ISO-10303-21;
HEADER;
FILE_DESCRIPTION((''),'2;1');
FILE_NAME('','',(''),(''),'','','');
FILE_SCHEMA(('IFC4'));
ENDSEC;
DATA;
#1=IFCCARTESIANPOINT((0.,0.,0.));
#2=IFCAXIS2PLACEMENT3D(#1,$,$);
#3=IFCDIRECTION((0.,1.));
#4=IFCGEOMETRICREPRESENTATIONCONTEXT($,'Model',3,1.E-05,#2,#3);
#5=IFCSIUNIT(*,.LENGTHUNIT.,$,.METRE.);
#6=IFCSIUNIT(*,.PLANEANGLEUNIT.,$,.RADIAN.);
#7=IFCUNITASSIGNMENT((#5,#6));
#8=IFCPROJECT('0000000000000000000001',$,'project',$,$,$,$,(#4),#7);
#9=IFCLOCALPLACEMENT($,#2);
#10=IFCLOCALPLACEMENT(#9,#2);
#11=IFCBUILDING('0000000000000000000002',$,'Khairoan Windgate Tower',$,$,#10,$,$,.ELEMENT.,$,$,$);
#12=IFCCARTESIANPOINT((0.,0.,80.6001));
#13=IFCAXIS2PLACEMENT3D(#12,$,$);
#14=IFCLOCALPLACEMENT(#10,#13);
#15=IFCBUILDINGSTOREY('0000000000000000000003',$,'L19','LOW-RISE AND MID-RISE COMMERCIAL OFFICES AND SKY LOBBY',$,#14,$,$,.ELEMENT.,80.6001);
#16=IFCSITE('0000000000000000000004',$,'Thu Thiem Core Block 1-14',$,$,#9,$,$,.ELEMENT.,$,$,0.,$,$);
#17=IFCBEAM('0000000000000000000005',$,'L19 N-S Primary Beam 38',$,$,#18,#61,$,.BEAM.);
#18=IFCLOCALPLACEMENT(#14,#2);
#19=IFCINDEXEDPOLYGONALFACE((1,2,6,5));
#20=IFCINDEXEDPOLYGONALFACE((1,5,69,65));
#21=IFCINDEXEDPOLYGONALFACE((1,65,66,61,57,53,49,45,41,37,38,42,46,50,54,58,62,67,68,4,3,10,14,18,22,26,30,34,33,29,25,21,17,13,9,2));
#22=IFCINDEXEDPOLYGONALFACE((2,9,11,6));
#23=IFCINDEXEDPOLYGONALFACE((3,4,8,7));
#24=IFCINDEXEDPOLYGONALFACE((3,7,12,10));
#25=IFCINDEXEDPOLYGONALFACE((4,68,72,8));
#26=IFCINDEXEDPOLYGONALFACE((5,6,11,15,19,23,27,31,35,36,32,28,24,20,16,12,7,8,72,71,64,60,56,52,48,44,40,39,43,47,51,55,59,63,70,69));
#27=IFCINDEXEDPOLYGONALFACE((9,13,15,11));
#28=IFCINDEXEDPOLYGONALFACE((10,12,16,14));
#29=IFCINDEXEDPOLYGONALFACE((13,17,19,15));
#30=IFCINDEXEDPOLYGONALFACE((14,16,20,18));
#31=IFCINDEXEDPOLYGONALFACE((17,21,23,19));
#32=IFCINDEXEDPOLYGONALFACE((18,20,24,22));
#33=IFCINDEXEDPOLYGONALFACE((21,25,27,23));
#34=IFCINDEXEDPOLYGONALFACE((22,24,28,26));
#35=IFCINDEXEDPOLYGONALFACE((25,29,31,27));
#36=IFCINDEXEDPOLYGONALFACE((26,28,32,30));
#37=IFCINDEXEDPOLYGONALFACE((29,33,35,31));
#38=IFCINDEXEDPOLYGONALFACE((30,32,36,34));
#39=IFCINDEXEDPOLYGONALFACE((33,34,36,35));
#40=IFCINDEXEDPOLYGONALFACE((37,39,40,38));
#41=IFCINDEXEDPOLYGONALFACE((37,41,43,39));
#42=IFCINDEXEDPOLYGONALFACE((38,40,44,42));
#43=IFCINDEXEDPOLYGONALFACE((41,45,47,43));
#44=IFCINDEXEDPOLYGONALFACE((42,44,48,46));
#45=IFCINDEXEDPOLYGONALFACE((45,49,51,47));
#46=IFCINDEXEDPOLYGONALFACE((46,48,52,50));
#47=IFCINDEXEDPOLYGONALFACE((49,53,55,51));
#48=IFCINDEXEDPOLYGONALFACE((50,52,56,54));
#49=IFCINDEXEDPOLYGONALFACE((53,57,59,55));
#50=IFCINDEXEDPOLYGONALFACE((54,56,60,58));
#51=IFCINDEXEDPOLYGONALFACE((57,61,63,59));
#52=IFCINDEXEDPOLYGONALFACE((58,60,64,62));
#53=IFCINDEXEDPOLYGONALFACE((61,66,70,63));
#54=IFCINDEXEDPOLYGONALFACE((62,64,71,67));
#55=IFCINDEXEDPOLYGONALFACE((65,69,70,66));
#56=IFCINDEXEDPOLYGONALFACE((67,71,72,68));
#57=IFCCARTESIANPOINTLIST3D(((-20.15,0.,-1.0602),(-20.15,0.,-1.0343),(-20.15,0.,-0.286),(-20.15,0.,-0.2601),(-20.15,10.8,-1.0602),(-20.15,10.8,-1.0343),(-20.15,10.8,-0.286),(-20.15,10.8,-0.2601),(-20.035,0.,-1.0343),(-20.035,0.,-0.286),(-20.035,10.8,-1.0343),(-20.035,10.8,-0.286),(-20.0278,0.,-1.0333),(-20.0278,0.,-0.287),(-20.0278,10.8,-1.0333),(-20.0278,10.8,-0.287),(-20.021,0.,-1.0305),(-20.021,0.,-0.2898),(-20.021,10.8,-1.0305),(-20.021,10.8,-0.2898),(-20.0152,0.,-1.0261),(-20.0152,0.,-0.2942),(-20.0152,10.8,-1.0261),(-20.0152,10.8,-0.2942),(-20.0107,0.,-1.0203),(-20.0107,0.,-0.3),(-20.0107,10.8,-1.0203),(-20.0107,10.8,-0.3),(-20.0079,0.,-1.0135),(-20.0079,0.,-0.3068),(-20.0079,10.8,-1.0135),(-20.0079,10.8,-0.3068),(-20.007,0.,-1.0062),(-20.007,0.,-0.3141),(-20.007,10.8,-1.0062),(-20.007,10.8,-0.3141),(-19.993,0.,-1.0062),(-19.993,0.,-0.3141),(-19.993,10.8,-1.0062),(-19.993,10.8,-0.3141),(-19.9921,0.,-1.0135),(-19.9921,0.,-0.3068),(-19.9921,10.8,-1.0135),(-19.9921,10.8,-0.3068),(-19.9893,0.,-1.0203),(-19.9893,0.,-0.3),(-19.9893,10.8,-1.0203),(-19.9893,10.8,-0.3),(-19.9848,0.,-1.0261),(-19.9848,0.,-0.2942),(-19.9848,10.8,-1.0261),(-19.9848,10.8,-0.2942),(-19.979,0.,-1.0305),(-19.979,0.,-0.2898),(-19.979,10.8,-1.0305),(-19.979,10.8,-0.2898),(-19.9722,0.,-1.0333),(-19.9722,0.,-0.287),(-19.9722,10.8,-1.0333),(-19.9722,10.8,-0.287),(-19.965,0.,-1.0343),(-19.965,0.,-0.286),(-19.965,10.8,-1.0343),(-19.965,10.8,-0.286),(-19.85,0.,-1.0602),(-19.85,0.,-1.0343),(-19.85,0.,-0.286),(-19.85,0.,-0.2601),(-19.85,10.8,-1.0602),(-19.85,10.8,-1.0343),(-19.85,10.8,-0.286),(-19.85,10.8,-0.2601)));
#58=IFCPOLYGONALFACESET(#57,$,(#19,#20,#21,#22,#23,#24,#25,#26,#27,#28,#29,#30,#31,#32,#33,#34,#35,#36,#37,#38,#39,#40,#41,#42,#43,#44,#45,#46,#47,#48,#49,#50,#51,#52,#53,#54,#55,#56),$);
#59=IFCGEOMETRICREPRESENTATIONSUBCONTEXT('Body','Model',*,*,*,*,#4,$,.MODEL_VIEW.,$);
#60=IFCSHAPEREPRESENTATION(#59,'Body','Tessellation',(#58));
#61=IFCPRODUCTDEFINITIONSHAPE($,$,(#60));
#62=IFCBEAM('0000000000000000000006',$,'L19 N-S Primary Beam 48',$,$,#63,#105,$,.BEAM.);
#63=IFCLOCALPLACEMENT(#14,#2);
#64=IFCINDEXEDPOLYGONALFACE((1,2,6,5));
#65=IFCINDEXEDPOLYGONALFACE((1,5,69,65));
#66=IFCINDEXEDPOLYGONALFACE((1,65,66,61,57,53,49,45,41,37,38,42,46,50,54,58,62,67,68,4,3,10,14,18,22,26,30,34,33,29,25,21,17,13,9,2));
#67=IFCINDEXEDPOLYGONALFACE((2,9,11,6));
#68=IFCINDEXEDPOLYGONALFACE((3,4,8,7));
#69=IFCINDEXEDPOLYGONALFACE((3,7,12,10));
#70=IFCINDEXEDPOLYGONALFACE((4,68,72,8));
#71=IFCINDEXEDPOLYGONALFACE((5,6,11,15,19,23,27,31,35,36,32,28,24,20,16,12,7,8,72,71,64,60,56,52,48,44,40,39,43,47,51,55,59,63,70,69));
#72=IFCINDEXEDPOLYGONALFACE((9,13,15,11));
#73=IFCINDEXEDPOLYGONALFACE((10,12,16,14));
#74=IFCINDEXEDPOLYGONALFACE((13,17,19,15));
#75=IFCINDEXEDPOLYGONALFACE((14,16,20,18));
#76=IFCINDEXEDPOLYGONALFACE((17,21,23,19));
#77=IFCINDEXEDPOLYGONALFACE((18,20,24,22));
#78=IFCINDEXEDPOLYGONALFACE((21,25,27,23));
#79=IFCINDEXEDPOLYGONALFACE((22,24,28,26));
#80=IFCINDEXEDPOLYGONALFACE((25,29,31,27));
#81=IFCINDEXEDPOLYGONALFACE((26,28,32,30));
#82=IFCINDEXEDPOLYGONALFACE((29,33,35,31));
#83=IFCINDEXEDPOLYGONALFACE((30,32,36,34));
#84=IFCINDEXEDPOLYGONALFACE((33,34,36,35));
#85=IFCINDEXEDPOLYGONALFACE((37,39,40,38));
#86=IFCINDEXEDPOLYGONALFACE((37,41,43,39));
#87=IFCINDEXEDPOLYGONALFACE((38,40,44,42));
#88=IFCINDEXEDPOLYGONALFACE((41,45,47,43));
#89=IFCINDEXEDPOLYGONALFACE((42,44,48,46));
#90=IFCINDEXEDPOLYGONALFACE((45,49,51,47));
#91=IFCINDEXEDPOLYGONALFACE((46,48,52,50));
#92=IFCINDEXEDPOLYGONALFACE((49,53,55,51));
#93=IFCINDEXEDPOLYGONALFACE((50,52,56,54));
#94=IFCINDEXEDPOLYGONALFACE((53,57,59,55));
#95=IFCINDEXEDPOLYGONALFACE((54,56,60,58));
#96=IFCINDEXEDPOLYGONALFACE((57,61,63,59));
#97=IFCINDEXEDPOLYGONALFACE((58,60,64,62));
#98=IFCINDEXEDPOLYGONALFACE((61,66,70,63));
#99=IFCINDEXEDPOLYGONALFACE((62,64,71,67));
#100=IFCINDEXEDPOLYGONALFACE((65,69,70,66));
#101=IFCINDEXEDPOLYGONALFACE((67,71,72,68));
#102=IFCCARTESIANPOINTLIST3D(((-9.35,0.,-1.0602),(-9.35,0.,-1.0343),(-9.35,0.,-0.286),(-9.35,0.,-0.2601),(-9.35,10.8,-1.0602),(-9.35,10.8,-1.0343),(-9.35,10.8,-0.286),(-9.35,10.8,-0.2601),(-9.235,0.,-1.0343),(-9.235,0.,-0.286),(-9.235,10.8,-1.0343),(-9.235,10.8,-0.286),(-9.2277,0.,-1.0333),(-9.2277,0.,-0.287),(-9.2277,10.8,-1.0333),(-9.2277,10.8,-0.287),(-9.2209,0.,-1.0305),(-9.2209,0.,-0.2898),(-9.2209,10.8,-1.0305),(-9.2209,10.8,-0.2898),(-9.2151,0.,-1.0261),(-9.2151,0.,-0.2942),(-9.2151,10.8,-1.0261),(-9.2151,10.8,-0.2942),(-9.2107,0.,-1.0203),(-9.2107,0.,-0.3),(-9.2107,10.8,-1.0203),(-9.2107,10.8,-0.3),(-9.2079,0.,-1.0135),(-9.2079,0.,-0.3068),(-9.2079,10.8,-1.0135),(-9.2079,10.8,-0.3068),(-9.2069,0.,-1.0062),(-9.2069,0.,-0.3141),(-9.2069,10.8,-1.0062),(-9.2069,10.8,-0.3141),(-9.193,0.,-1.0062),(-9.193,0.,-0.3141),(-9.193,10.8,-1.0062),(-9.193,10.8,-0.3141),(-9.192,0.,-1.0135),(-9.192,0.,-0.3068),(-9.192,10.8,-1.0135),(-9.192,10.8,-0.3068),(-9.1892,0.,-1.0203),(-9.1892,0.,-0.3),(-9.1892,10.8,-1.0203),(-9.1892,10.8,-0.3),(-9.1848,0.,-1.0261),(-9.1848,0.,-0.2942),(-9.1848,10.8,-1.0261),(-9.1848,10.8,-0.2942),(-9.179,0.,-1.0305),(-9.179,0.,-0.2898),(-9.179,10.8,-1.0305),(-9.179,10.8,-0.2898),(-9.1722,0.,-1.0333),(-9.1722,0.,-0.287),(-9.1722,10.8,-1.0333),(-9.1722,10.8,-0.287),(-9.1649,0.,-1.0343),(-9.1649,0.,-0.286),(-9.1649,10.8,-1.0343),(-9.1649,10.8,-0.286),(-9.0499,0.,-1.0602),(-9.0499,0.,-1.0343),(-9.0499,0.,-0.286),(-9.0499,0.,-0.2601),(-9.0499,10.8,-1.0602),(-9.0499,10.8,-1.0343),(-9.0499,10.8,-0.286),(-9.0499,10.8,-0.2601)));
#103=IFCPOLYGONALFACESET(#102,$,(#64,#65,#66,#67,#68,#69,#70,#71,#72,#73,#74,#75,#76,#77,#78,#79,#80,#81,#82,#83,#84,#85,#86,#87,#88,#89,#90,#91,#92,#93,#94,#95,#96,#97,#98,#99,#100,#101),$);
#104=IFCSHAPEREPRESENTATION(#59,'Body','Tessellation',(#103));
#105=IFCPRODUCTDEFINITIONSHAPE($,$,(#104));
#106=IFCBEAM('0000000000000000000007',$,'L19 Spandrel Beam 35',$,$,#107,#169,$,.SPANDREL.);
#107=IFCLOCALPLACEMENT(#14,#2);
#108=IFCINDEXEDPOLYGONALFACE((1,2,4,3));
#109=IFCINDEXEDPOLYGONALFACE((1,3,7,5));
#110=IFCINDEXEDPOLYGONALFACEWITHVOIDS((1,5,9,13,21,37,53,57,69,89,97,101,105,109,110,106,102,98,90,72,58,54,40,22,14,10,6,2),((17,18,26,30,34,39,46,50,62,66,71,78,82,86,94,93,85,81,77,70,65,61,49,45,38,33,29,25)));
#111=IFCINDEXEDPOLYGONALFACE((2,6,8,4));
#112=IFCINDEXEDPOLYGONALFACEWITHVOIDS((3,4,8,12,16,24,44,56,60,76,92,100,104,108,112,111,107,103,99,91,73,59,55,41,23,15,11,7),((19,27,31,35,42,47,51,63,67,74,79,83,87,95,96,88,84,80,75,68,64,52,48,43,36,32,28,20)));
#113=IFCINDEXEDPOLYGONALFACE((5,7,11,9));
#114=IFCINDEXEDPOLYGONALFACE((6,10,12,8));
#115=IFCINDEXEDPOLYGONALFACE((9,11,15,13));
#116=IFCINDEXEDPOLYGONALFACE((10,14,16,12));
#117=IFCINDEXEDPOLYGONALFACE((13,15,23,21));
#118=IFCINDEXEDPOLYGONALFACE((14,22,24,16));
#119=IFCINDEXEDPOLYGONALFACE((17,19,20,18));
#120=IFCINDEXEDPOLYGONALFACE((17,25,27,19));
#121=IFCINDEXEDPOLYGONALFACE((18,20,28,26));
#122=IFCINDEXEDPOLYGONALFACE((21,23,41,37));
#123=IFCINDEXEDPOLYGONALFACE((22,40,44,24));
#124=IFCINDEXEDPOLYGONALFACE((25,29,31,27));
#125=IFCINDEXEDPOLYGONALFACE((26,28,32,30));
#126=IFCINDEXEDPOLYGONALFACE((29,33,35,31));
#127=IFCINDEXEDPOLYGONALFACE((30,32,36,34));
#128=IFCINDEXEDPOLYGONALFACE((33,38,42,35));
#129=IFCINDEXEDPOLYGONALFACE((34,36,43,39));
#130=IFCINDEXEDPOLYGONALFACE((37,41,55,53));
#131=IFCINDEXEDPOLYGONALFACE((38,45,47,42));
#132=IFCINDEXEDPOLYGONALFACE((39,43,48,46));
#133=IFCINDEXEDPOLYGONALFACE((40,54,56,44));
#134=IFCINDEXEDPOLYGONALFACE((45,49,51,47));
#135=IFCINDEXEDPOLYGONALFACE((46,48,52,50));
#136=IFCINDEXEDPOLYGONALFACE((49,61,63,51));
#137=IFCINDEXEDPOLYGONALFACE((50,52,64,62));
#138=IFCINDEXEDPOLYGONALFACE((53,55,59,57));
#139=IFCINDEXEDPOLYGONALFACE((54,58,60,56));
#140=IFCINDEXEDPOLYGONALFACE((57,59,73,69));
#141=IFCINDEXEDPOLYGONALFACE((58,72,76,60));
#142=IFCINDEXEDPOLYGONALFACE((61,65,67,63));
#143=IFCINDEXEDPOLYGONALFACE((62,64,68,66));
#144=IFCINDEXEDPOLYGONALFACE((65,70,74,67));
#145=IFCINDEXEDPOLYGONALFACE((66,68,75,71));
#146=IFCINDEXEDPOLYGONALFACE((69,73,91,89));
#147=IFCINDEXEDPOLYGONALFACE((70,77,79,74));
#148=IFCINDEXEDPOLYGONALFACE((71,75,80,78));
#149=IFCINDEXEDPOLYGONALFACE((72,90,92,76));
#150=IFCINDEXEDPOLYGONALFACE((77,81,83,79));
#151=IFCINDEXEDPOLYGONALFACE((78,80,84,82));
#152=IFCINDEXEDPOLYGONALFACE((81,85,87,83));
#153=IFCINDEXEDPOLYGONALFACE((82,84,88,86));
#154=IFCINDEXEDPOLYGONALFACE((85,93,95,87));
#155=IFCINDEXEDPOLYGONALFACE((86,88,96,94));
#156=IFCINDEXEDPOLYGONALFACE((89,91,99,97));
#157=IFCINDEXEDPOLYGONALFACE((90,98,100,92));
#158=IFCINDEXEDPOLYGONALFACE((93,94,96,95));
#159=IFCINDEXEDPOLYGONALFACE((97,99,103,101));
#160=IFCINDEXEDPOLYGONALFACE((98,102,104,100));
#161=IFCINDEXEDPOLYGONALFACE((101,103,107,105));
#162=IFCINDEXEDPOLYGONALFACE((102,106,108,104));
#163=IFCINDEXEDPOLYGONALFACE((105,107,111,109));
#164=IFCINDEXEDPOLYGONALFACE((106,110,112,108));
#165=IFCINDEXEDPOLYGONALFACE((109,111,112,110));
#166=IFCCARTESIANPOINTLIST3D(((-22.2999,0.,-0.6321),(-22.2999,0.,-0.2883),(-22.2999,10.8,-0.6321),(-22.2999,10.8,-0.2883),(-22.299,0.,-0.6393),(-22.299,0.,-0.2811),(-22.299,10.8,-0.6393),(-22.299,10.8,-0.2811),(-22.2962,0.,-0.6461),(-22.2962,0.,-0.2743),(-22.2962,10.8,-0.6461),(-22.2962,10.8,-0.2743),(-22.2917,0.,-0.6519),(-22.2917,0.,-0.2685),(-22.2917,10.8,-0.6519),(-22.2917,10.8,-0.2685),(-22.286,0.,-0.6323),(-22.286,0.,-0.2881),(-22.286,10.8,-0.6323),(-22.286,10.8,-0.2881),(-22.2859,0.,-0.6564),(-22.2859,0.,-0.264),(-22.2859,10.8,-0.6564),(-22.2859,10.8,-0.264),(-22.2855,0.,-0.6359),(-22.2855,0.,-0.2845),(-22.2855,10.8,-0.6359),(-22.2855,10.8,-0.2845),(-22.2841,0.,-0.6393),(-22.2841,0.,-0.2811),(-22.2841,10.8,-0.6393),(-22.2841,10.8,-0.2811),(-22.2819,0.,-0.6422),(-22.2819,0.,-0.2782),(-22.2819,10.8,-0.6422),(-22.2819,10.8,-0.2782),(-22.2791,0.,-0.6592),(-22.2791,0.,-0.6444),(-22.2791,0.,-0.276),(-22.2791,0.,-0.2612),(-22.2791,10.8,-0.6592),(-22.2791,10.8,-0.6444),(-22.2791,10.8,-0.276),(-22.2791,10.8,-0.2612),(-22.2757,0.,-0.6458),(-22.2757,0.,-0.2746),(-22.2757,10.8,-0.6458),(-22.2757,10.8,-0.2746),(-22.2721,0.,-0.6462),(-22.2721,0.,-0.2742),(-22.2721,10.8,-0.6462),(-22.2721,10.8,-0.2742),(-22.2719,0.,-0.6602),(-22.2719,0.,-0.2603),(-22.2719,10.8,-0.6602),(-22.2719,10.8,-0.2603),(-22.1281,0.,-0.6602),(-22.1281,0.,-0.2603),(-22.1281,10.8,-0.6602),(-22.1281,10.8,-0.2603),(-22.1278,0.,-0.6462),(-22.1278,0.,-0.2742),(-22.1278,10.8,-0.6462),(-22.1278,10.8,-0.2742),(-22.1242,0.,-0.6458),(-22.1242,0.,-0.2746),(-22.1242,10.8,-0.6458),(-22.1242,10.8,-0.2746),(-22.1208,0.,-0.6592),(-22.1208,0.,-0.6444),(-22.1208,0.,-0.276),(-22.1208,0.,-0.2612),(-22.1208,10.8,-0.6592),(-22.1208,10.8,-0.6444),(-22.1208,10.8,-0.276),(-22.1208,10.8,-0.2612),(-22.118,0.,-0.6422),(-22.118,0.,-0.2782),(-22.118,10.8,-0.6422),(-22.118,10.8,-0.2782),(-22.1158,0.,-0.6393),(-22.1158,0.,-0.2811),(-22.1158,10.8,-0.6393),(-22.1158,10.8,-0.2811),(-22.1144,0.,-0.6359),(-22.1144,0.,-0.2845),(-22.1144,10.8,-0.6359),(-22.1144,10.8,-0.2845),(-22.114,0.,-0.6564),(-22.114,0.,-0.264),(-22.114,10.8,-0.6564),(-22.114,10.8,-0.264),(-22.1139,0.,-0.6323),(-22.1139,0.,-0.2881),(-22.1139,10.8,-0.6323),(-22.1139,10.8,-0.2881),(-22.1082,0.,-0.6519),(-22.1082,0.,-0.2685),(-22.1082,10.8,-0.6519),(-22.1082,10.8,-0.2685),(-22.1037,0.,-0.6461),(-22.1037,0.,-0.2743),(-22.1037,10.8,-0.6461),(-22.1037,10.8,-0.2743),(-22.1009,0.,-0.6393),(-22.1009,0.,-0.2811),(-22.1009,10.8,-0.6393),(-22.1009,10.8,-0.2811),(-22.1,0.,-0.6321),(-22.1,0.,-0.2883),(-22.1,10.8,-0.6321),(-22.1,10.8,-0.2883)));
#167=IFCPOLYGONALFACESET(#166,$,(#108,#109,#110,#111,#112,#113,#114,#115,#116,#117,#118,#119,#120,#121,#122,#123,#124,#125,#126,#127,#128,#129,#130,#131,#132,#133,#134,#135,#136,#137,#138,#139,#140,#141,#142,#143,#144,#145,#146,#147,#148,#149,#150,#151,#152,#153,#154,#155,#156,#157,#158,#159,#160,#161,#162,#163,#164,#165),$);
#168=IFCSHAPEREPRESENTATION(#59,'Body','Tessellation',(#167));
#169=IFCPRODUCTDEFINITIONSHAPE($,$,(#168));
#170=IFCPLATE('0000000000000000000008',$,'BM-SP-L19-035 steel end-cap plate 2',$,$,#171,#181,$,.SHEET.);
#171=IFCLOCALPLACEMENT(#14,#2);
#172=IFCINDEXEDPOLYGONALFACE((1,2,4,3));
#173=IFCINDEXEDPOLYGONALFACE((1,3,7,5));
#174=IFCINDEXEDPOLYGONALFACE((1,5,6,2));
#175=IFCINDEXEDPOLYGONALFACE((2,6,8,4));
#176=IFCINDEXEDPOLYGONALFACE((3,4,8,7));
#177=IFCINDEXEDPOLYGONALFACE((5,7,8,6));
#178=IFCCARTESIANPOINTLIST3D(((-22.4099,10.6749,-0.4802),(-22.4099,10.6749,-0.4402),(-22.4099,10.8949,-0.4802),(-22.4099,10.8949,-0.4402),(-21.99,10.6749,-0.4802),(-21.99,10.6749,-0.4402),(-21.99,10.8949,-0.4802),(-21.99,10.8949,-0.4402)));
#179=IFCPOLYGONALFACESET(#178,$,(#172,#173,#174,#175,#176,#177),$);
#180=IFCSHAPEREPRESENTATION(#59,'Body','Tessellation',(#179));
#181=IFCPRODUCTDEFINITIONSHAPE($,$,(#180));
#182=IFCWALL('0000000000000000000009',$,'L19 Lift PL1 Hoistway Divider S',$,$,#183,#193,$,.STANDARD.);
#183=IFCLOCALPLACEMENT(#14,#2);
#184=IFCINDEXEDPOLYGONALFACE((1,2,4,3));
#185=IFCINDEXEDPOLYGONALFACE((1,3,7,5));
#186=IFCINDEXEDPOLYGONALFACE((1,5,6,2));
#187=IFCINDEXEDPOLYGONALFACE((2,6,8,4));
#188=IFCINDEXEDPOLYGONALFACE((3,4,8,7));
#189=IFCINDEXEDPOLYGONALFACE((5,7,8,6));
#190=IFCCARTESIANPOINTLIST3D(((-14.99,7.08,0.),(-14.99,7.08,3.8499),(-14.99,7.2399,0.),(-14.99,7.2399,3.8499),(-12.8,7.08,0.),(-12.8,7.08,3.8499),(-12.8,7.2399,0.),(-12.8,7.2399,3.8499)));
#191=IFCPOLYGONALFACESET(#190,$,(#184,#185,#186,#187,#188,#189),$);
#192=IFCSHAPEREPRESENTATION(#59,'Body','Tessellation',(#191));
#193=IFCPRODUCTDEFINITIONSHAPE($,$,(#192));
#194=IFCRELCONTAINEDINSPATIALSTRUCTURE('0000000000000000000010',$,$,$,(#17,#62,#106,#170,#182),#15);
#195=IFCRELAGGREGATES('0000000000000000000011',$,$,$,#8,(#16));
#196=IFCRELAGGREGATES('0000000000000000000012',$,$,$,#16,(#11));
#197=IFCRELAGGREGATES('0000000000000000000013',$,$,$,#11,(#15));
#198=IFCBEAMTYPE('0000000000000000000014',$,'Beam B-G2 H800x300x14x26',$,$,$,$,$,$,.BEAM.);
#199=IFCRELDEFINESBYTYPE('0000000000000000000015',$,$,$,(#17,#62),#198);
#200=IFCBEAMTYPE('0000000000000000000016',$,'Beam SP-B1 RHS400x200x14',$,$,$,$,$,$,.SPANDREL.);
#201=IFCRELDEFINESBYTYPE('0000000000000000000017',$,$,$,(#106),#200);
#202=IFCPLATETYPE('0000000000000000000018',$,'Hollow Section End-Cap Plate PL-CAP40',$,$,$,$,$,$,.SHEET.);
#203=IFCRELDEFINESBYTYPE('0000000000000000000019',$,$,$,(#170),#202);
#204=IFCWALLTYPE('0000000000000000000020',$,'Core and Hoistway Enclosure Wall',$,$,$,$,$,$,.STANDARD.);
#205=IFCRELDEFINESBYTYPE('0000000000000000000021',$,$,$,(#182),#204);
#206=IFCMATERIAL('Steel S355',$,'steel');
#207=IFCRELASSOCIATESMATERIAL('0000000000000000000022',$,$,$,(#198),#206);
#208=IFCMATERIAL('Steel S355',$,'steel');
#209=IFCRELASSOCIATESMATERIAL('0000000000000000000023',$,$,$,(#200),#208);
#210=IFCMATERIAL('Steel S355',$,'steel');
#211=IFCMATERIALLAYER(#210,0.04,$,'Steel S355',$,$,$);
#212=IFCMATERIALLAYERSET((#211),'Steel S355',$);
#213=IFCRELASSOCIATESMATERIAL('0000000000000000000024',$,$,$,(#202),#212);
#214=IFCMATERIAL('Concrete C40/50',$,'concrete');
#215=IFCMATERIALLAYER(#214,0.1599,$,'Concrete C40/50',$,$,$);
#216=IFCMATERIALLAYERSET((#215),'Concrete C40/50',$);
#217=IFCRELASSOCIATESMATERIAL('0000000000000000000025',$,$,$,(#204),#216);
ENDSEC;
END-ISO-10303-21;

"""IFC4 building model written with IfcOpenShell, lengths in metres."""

from ifc_helpers import new_model, si_unit, direction, frame, frame_2d, origin, origin_2d, place, context, subcontext, project, spatial, rectangle, hollow_rectangle, i_section, extrude, material, layer, layer_set, material_profile, profile_set, type_object, element, save


model = new_model("IFC4")

# Units and contexts
model_context = context("Model", 3, precision=1e-05, world=origin(), true_north=direction((0.0, 1.0)))
body_context = subcontext(model_context, "Body", "Model", "MODEL_VIEW")
ifc_project = project(units=[si_unit("LENGTHUNIT", "METRE"), si_unit("PLANEANGLEUNIT", "RADIAN")], contexts=[model_context])

# Site, building, storey
site_placement = place(None, origin())
site = spatial("IfcSite", under=ifc_project, at=site_placement, Name="Thu Thiem Core Block 1-14", CompositionType="ELEMENT", RefElevation=0.0)
building_placement = place(site_placement, origin())
building = spatial("IfcBuilding", under=site, at=building_placement, Name="Khairoan Windgate Tower", CompositionType="ELEMENT")
storey_placement = place(building_placement, frame((0.0, 0.0, 80.6001)))
storey = spatial("IfcBuildingStorey", under=building, at=storey_placement, Name="L19", Description="LOW-RISE AND MID-RISE COMMERCIAL OFFICES AND SKY LOBBY", CompositionType="ELEMENT", Elevation=80.6001)

# Beams
ifc_material_1 = material(Name="Steel S355", Category="steel")
ifc_material_profile_1 = material_profile(ifc_material_1, i_section(OverallWidth=0.3, OverallDepth=0.8, WebThickness=0.0139, FlangeThickness=0.0259, FilletRadius=0.0281, at=origin_2d()))
ifc_profile_set_1 = profile_set([ifc_material_profile_1], Name="Steel S355")
beam_type_1 = type_object("IfcBeamType", Name="Beam B-G2 H800x300x14x26", PredefinedType="BEAM", material=ifc_profile_set_1)
for number, where, z_axis, x_axis, name in (
    (1, (-20.0, 0.0, -0.6602), (0.0, 1.0, 0.0), (-1.0, 0.0, 0.0), "L19 N-S Primary Beam 38"),
    (2, (-9.2, 0.0, -0.6602), (0.0, 1.0, 0.0), (-1.0, 0.0, 0.0), "L19 N-S Primary Beam 48"),
):
    element("IfcBeam", number, at=place(storey_placement, frame(where, z_axis=z_axis, x_axis=x_axis)), inside=storey, type_object=beam_type_1, Name=name, PredefinedType="BEAM", context=body_context, shape_type="SweptSolid", body=[
        extrude(i_section(OverallWidth=0.3, OverallDepth=0.8, WebThickness=0.0139, FlangeThickness=0.0259, FilletRadius=0.0281, at=origin_2d()), origin(), (0.0, 0.0, 1.0), 10.8),
    ])
ifc_material_2 = material(Name="Steel S355", Category="steel")
ifc_material_profile_2 = material_profile(ifc_material_2, hollow_rectangle(XDim=0.2, YDim=0.3999, WallThickness=0.0139, InnerFilletRadius=0.0139, OuterFilletRadius=0.0281, at=origin_2d()))
ifc_profile_set_2 = profile_set([ifc_material_profile_2], Name="Steel S355")
beam_type_2 = type_object("IfcBeamType", Name="Beam SP-B1 RHS400x200x14", PredefinedType="SPANDREL", material=ifc_profile_set_2)
beam_1_placement = place(storey_placement, frame((-22.2, 0.0, -0.4602), z_axis=(0.0, 1.0, 0.0), x_axis=(-1.0, 0.0, 0.0)))
element("IfcBeam", 3, at=beam_1_placement, inside=storey, type_object=beam_type_2, Name="L19 Spandrel Beam 35", PredefinedType="SPANDREL", context=body_context, shape_type="SweptSolid", body=[
    extrude(hollow_rectangle(XDim=0.2, YDim=0.3999, WallThickness=0.0139, InnerFilletRadius=0.0139, OuterFilletRadius=0.0281, at=origin_2d()), origin(), (0.0, 0.0, 1.0), 10.8),
])

# Plate
ifc_material_3 = material(Name="Steel S355", Category="steel")
ifc_layer_1 = layer(ifc_material_3, 0.04, Name="Steel S355")
ifc_layer_set_1 = layer_set([ifc_layer_1], Name="Steel S355")
plate_type = type_object("IfcPlateType", Name="Hollow Section End-Cap Plate PL-CAP40", PredefinedType="SHEET", material=ifc_layer_set_1)
plate_placement = place(storey_placement, frame((-22.2, 10.7849, -0.4802), z_axis=(0.0, 0.0, 1.0), x_axis=(0.0, 1.0, 0.0)))
element("IfcPlate", 4, at=plate_placement, inside=storey, type_object=plate_type, Name="BM-SP-L19-035 steel end-cap plate 2", PredefinedType="SHEET", context=body_context, shape_type="SweptSolid", body=[
    extrude(rectangle(XDim=0.22, YDim=0.4199, at=origin_2d()), origin(), (0.0, 0.0, 1.0), 0.04),
])

# Wall
ifc_material_4 = material(Name="Concrete C40/50", Category="concrete")
ifc_layer_2 = layer(ifc_material_4, 0.1599, Name="Concrete C40/50")
ifc_layer_set_2 = layer_set([ifc_layer_2], Name="Concrete C40/50")
wall_type_1 = type_object("IfcWallType", Name="Core and Hoistway Enclosure Wall", PredefinedType="STANDARD", material=ifc_layer_set_2)
for number, where, z_axis, x_axis, name in (
    (5, (-14.99, 7.1599, 0.0), (0.0, 0.0, 1.0), (1.0, 0.0, 0.0), "L19 Lift PL1 Hoistway Divider S"),
):
    element("IfcWall", number, at=place(storey_placement, frame(where, z_axis=z_axis, x_axis=x_axis)), inside=storey, type_object=wall_type_1, Name=name, PredefinedType="STANDARD", context=body_context, shape_type="SweptSolid", body=[
        extrude(rectangle(XDim=2.1899, YDim=0.1599, at=frame_2d((1.095, 0.0))), origin(), (0.0, 0.0, 1.0), 3.8499),
    ])

save(model, "model.ifc")
